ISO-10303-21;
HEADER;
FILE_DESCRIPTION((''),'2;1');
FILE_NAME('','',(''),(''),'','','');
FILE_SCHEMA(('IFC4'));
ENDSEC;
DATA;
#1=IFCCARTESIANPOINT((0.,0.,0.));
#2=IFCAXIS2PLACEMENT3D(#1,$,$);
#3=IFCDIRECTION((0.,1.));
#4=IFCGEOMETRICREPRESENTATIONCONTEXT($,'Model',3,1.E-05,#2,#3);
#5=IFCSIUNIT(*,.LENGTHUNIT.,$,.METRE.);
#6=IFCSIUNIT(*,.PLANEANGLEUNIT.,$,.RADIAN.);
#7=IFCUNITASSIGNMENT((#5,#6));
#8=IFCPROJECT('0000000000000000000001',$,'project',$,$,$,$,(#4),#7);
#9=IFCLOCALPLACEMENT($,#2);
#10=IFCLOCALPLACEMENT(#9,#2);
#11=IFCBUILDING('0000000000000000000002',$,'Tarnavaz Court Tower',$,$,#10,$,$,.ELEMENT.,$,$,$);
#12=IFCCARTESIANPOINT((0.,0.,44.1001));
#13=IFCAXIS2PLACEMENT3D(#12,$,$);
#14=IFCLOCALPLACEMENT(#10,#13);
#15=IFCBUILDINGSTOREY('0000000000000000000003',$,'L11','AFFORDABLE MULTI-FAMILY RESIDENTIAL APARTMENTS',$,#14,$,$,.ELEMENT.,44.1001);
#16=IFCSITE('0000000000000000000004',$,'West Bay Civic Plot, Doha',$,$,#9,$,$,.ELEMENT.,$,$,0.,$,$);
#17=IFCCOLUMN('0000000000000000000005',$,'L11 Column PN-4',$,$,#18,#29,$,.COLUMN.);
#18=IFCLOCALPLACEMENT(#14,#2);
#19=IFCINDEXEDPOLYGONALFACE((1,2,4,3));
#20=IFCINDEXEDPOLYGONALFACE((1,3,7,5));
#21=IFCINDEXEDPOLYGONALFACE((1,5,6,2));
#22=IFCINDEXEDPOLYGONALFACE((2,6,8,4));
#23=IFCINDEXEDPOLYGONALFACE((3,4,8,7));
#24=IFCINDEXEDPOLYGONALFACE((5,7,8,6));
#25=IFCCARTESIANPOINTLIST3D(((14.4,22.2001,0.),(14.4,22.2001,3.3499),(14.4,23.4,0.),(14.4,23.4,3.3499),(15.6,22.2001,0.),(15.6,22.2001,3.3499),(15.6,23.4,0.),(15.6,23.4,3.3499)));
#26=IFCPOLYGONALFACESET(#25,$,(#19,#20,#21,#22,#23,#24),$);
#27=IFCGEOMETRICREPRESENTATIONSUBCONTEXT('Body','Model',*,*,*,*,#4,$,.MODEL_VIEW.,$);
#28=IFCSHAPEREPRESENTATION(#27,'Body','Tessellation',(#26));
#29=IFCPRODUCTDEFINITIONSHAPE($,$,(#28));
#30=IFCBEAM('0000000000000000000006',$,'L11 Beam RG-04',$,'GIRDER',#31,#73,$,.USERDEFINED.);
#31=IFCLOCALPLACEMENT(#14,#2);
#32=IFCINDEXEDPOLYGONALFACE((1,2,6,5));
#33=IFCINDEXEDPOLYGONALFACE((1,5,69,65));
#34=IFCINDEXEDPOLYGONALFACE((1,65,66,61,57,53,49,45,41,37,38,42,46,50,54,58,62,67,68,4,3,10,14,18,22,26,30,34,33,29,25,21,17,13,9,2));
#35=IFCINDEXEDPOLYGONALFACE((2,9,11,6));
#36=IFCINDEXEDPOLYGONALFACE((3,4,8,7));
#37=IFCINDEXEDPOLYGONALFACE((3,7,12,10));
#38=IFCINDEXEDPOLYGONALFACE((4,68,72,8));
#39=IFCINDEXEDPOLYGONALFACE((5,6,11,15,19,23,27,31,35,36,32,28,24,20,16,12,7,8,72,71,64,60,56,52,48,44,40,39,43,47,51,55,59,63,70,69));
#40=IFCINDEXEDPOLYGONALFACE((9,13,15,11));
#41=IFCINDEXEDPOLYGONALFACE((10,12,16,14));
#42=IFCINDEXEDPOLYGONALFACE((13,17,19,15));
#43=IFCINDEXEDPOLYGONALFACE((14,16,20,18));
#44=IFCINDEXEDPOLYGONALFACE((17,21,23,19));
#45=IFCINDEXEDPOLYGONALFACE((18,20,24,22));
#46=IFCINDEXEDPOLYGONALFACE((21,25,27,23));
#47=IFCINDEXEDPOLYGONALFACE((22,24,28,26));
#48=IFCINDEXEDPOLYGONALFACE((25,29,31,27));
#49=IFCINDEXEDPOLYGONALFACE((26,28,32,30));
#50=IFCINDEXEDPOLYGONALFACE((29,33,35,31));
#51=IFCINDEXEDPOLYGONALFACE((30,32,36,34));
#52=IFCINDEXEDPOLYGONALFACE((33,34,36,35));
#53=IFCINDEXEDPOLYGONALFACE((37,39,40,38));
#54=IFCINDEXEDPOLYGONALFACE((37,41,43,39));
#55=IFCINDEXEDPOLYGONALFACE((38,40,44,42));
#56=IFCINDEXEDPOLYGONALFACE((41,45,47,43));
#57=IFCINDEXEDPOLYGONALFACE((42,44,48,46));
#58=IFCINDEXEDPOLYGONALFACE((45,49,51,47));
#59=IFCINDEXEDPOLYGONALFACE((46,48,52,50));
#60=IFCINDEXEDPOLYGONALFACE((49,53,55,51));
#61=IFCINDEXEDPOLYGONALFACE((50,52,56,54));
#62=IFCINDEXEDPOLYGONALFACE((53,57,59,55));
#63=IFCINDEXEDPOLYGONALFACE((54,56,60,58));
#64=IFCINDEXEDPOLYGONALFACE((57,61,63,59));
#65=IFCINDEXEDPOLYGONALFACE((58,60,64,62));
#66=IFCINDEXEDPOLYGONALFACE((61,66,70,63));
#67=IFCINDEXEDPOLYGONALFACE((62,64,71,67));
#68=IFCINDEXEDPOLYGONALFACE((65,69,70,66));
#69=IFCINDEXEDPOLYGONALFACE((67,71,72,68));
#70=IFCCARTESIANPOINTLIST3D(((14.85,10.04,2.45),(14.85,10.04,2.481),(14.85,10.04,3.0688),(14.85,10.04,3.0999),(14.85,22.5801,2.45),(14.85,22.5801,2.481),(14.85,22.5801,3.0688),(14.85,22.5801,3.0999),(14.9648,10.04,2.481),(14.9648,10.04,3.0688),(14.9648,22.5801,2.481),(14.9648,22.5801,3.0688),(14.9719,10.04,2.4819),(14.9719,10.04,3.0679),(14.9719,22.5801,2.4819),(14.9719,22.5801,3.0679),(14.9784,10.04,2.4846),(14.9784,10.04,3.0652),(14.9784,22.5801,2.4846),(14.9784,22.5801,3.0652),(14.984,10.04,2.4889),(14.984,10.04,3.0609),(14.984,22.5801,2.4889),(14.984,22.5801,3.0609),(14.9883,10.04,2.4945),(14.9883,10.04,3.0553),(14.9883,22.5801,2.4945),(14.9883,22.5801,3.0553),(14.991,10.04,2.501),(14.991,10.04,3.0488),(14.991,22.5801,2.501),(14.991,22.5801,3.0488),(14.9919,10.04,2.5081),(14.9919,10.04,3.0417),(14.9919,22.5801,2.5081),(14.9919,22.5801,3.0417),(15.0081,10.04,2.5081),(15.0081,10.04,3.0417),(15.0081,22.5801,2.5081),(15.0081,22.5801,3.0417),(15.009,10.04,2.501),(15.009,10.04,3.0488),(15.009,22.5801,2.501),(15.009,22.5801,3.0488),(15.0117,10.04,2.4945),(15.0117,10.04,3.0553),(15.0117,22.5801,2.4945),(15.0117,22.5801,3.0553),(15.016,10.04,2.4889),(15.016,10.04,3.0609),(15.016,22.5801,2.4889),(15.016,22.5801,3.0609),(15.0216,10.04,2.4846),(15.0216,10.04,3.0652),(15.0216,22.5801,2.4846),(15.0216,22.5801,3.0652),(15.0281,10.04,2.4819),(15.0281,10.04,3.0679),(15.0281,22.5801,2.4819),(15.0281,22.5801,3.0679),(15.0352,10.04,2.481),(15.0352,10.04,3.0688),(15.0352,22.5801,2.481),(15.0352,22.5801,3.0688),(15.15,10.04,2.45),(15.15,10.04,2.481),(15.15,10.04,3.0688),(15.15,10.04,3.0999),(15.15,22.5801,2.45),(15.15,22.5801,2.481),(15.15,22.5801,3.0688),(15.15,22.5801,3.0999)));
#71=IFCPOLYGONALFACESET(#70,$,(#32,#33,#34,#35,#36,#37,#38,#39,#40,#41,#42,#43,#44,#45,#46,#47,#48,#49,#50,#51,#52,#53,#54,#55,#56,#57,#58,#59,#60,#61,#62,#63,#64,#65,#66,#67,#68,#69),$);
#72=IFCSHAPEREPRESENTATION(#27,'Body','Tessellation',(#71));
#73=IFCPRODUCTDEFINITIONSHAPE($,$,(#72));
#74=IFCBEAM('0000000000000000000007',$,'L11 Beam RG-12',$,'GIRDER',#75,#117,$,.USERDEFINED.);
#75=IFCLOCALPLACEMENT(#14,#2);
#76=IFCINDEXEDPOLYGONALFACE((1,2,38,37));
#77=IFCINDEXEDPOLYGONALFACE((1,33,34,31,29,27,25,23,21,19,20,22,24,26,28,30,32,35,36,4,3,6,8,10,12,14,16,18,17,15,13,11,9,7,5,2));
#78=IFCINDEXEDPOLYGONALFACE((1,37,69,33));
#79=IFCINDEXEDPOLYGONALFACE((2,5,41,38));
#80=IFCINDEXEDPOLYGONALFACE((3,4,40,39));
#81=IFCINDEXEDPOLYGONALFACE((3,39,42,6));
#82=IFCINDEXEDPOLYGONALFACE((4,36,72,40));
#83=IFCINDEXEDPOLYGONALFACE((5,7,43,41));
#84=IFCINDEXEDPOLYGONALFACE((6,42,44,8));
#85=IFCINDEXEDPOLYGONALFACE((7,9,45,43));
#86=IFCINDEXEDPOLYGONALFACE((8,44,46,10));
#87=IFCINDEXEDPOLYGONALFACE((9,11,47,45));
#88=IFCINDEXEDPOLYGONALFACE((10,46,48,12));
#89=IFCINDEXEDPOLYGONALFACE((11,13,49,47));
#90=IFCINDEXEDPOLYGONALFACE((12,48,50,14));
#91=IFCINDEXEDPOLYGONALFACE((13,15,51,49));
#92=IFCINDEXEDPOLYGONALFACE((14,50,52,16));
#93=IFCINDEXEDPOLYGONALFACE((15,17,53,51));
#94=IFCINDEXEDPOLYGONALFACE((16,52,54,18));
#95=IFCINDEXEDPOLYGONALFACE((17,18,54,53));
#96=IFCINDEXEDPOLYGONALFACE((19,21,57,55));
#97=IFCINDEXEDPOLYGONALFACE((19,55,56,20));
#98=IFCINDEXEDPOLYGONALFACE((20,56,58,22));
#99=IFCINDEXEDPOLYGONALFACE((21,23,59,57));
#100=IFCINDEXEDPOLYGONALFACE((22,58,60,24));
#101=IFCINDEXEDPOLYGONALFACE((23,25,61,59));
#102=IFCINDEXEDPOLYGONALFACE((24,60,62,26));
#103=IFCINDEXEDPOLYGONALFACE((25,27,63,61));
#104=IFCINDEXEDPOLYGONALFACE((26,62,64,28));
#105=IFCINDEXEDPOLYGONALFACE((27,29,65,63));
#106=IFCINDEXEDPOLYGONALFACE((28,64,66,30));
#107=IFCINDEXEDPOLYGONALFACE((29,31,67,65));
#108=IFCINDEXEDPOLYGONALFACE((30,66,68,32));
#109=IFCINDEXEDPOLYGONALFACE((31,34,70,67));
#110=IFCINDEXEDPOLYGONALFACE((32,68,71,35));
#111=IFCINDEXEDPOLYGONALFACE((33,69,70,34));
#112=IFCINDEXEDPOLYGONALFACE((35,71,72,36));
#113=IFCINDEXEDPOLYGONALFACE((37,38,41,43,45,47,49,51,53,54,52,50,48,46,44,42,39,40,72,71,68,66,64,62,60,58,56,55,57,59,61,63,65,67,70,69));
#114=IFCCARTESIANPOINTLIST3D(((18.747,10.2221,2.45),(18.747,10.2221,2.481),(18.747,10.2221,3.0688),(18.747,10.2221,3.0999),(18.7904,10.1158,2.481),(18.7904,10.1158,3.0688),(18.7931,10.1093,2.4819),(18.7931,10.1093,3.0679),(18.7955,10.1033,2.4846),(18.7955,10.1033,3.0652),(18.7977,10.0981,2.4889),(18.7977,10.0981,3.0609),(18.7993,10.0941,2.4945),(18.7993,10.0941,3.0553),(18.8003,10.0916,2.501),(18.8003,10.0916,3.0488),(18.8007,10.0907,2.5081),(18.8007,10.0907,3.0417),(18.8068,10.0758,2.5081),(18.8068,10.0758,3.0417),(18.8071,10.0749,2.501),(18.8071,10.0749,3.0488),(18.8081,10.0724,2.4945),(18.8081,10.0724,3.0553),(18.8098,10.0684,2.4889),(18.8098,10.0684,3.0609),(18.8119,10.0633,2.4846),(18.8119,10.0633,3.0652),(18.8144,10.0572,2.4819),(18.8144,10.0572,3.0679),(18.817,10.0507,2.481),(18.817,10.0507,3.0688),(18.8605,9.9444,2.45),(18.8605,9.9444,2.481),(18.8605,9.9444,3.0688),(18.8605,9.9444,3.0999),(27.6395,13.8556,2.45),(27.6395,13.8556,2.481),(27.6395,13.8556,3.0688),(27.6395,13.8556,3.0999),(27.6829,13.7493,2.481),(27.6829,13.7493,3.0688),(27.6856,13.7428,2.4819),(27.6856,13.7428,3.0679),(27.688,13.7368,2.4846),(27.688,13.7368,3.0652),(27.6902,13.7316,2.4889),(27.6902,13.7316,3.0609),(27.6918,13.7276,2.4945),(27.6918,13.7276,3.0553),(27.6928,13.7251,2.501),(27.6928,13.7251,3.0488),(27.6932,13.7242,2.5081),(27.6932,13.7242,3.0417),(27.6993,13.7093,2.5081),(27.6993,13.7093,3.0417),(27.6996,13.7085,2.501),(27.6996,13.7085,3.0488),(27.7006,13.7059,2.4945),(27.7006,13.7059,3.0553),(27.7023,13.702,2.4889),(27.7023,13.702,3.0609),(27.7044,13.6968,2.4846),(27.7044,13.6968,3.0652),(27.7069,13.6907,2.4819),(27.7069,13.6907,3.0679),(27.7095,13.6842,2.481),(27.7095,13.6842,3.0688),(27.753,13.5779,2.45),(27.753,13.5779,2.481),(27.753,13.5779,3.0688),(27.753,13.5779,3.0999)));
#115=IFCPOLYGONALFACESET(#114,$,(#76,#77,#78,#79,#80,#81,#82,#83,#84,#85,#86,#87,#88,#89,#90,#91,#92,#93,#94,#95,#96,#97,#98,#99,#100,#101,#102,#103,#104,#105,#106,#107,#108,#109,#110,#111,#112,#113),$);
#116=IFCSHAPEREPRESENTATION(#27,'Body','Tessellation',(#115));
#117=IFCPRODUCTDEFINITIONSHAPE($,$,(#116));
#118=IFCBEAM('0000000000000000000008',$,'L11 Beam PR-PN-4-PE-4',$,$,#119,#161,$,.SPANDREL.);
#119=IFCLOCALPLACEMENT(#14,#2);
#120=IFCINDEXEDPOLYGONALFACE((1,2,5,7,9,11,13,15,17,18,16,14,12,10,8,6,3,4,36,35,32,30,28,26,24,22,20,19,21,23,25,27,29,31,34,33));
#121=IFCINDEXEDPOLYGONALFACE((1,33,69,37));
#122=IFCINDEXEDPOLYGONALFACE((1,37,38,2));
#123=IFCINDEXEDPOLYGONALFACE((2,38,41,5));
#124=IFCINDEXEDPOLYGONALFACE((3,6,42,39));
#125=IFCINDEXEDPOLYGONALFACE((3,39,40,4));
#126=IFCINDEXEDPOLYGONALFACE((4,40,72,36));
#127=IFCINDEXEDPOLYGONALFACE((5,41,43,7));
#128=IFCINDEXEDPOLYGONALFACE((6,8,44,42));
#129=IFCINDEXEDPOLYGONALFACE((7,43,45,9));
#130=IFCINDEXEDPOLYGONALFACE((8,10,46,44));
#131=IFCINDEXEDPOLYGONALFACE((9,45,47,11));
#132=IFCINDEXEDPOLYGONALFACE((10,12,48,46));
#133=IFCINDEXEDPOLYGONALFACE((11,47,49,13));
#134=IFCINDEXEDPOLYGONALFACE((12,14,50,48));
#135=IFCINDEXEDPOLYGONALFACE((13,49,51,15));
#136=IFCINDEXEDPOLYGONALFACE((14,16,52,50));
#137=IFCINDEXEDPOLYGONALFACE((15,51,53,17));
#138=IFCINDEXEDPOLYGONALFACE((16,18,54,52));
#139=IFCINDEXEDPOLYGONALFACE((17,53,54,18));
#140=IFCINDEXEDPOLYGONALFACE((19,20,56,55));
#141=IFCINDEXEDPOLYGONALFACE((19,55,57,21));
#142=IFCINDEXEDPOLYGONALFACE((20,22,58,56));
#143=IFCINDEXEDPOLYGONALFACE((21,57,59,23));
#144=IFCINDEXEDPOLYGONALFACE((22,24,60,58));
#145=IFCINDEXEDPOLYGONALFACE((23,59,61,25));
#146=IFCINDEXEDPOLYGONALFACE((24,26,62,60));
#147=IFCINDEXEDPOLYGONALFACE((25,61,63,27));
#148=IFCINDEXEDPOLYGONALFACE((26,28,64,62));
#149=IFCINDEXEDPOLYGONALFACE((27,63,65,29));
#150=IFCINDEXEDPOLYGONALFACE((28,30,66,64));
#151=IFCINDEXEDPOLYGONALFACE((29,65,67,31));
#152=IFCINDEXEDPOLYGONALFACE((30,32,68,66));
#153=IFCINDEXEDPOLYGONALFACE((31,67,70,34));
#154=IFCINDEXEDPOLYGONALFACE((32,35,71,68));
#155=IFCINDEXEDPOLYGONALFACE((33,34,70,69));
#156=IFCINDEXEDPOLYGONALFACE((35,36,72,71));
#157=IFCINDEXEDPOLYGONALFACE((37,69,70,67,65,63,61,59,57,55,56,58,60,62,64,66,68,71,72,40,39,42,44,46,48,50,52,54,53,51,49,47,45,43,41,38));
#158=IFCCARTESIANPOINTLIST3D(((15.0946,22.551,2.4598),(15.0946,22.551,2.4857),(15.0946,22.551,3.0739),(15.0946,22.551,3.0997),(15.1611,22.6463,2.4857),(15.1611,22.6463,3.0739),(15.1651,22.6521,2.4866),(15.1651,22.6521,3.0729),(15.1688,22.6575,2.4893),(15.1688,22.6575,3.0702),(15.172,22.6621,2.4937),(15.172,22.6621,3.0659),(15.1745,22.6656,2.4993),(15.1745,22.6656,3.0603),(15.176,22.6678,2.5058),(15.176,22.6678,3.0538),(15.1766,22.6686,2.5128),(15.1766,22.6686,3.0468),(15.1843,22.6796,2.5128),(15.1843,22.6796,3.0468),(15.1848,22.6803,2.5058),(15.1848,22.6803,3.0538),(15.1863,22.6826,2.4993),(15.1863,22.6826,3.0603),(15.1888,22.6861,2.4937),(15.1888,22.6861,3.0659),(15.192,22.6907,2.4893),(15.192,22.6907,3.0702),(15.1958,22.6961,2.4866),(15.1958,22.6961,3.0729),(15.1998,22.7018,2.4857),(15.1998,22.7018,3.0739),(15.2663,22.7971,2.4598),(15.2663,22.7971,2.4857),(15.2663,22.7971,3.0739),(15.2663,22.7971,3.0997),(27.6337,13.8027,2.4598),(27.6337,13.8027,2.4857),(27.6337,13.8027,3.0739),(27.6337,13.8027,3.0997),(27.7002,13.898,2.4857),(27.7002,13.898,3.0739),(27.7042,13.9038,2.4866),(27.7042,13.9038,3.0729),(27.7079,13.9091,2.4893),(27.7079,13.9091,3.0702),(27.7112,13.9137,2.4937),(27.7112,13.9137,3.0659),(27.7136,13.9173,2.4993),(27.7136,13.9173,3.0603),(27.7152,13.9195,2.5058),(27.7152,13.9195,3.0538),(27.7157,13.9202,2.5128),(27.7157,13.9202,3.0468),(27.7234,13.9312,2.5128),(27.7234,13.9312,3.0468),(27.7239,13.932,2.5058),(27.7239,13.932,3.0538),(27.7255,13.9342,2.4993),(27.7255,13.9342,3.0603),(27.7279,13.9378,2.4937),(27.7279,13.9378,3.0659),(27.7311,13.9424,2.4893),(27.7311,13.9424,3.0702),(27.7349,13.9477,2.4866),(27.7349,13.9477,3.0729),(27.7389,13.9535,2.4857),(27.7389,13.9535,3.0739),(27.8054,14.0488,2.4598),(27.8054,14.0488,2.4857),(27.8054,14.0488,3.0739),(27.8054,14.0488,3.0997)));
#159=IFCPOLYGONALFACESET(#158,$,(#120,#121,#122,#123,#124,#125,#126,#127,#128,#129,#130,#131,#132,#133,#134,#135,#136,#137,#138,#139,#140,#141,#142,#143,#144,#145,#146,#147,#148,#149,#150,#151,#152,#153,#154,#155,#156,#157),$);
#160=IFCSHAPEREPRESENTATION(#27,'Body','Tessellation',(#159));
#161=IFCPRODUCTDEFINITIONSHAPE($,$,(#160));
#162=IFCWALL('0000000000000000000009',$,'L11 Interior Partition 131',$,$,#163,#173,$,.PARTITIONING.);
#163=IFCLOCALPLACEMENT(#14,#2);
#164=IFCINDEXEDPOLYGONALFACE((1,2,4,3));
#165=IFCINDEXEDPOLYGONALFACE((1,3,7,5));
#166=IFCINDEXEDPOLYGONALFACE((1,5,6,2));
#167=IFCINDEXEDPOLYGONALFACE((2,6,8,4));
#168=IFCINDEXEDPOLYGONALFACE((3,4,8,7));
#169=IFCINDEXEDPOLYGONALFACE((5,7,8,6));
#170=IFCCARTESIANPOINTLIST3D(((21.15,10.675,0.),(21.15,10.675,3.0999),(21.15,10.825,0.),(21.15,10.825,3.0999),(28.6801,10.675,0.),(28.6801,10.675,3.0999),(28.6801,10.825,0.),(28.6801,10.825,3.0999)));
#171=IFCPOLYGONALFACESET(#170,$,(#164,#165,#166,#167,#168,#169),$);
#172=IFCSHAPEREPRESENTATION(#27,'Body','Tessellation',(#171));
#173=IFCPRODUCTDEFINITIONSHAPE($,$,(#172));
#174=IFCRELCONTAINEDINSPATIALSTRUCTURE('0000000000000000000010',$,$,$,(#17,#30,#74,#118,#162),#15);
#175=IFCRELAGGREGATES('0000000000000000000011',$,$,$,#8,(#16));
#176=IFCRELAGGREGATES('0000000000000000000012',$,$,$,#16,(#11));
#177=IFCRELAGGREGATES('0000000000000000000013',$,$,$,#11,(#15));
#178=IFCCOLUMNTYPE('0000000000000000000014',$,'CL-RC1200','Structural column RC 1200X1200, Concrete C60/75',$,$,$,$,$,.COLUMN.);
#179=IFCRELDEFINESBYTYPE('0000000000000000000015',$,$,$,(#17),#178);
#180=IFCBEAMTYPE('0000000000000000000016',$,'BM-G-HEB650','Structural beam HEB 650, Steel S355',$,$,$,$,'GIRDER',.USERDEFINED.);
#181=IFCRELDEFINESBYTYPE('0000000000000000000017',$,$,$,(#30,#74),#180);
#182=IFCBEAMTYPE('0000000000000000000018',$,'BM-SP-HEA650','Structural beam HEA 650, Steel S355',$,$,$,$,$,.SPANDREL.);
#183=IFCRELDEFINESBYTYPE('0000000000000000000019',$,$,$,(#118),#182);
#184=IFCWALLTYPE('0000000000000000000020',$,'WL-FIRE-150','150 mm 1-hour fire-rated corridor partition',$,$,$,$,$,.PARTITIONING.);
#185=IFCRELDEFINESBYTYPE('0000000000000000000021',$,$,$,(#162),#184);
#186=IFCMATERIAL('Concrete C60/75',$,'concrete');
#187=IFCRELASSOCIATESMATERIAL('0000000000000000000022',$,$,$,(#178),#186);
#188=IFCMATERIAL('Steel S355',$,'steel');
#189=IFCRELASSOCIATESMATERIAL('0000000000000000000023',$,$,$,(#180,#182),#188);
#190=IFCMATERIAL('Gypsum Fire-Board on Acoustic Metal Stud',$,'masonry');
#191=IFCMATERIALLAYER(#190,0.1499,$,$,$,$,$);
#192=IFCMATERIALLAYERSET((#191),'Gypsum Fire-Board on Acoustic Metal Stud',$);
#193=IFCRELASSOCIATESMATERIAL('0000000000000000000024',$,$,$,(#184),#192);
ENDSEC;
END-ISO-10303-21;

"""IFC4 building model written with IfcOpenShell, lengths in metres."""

from ifc_helpers import new_model, si_unit, direction, frame, frame_2d, origin, origin_2d, place, context, subcontext, project, spatial, rectangle, i_section, extrude, material, layer, layer_set, material_profile, profile_set, type_object, element, save


model = new_model("IFC4")

# Units and contexts
model_context = context("Model", 3, precision=1e-05, world=origin(), true_north=direction((0.0, 1.0)))
body_context = subcontext(model_context, "Body", "Model", "MODEL_VIEW")
ifc_project = project(units=[si_unit("LENGTHUNIT", "METRE"), si_unit("PLANEANGLEUNIT", "RADIAN")], contexts=[model_context])

# Site, building, storey
site_placement = place(None, origin())
site = spatial("IfcSite", under=ifc_project, at=site_placement, Name="West Bay Civic Plot, Doha", CompositionType="ELEMENT", RefElevation=0.0)
building_placement = place(site_placement, origin())
building = spatial("IfcBuilding", under=site, at=building_placement, Name="Tarnavaz Court Tower", CompositionType="ELEMENT")
storey_placement = place(building_placement, frame((0.0, 0.0, 44.1001)))
storey = spatial("IfcBuildingStorey", under=building, at=storey_placement, Name="L11", Description="AFFORDABLE MULTI-FAMILY RESIDENTIAL APARTMENTS", CompositionType="ELEMENT", Elevation=44.1001)

# Column
ifc_material_1 = material(Name="Concrete C60/75", Category="concrete")
ifc_material_profile_1 = material_profile(ifc_material_1, rectangle(XDim=1.2, YDim=1.2, at=origin_2d()), Name="RC 1200X1200")
ifc_profile_set_1 = profile_set([ifc_material_profile_1], Name="Concrete C60/75")
column_type = type_object("IfcColumnType", Name="CL-RC1200", Description="Structural column RC 1200X1200, Concrete C60/75", PredefinedType="COLUMN", material=ifc_profile_set_1)
column_placement = place(storey_placement, frame((15.0, 22.8, 0.0), z_axis=(0.0, 0.0, 1.0), x_axis=(1.0, 0.0, 0.0)))
element("IfcColumn", 1, at=column_placement, inside=storey, type_object=column_type, Name="L11 Column PN-4", PredefinedType="COLUMN", context=body_context, shape_type="SweptSolid", body=[
    extrude(rectangle(XDim=1.2, YDim=1.2, at=origin_2d()), origin(), (0.0, 0.0, 1.0), 3.3499),
])

# Beams
ifc_material_2 = material(Name="Steel S355", Category="steel")
ifc_material_profile_2 = material_profile(ifc_material_2, i_section(OverallWidth=0.3, OverallDepth=0.6499, WebThickness=0.0161, FlangeThickness=0.031, FilletRadius=0.0271, at=origin_2d()), Name="HEB 650")
ifc_profile_set_2 = profile_set([ifc_material_profile_2], Name="Steel S355")
beam_type_1 = type_object("IfcBeamType", Name="BM-G-HEB650", Description="Structural beam HEB 650, Steel S355", ElementType="GIRDER", PredefinedType="USERDEFINED", material=ifc_profile_set_2)
beam_1_placement = place(storey_placement, frame((15.0, 10.04, 2.7749), z_axis=(0.0, 1.0, 0.0), x_axis=(-1.0, 0.0, 0.0)))
element("IfcBeam", 2, at=beam_1_placement, inside=storey, type_object=beam_type_1, Name="L11 Beam RG-04", ObjectType="GIRDER", PredefinedType="USERDEFINED", context=body_context, shape_type="SweptSolid", body=[
    extrude(i_section(OverallWidth=0.3, OverallDepth=0.6499, WebThickness=0.0161, FlangeThickness=0.031, FilletRadius=0.0271, at=origin_2d()), origin(), (0.0, 0.0, 1.0), 12.54),
])
beam_2_placement = place(storey_placement, frame((18.8037, 10.0833, 2.7749), z_axis=(0.925705, 0.378247, 0.0), x_axis=(-0.378247, 0.925705, 0.0)))
element("IfcBeam", 3, at=beam_2_placement, inside=storey, type_object=beam_type_1, Name="L11 Beam RG-12", ObjectType="GIRDER", PredefinedType="USERDEFINED", context=body_context, shape_type="SweptSolid", body=[
    extrude(i_section(OverallWidth=0.3, OverallDepth=0.6499, WebThickness=0.0161, FlangeThickness=0.031, FilletRadius=0.0271, at=origin_2d()), origin(), (0.0, 0.0, 1.0), 9.6062),
])
ifc_material_profile_3 = material_profile(ifc_material_2, i_section(OverallWidth=0.3, OverallDepth=0.6399, WebThickness=0.0134, FlangeThickness=0.0259, FilletRadius=0.0271, at=origin_2d()), Name="HEA 650")
ifc_profile_set_3 = profile_set([ifc_material_profile_3], Name="Steel S355")
beam_type_2 = type_object("IfcBeamType", Name="BM-SP-HEA650", Description="Structural beam HEA 650, Steel S355", PredefinedType="SPANDREL", material=ifc_profile_set_3)
beam_3_placement = place(storey_placement, frame((15.1804, 22.6741, 2.7798), z_axis=(0.820124, -0.572186, 0.0), x_axis=(0.572186, 0.820124, 0.0)))
element("IfcBeam", 4, at=beam_3_placement, inside=storey, type_object=beam_type_2, Name="L11 Beam PR-PN-4-PE-4", PredefinedType="SPANDREL", context=body_context, shape_type="SweptSolid", body=[
    extrude(i_section(OverallWidth=0.3, OverallDepth=0.6399, WebThickness=0.0134, FlangeThickness=0.0259, FilletRadius=0.0271, at=origin_2d()), origin(), (0.0, 0.0, 1.0), 15.2893),
])

# Wall
ifc_material_3 = material(Name="Gypsum Fire-Board on Acoustic Metal Stud", Category="masonry")
ifc_layer_1 = layer(ifc_material_3, 0.1499)
ifc_layer_set_1 = layer_set([ifc_layer_1], Name="Gypsum Fire-Board on Acoustic Metal Stud")
wall_type_1 = type_object("IfcWallType", Name="WL-FIRE-150", Description="150 mm 1-hour fire-rated corridor partition", PredefinedType="PARTITIONING", material=ifc_layer_set_1)
wall_1_placement = place(storey_placement, frame((21.1499, 10.75, 0.0), z_axis=(0.0, 0.0, 1.0), x_axis=(1.0, 0.0, 0.0)))
element("IfcWall", 5, at=wall_1_placement, inside=storey, type_object=wall_type_1, Name="L11 Interior Partition 131", PredefinedType="PARTITIONING", context=body_context, shape_type="SweptSolid", body=[
    extrude(rectangle(XDim=7.53, YDim=0.1499, at=frame_2d((3.7651, 0.0))), origin(), (0.0, 0.0, 1.0), 3.0999),
])

save(model, "model.ifc")
